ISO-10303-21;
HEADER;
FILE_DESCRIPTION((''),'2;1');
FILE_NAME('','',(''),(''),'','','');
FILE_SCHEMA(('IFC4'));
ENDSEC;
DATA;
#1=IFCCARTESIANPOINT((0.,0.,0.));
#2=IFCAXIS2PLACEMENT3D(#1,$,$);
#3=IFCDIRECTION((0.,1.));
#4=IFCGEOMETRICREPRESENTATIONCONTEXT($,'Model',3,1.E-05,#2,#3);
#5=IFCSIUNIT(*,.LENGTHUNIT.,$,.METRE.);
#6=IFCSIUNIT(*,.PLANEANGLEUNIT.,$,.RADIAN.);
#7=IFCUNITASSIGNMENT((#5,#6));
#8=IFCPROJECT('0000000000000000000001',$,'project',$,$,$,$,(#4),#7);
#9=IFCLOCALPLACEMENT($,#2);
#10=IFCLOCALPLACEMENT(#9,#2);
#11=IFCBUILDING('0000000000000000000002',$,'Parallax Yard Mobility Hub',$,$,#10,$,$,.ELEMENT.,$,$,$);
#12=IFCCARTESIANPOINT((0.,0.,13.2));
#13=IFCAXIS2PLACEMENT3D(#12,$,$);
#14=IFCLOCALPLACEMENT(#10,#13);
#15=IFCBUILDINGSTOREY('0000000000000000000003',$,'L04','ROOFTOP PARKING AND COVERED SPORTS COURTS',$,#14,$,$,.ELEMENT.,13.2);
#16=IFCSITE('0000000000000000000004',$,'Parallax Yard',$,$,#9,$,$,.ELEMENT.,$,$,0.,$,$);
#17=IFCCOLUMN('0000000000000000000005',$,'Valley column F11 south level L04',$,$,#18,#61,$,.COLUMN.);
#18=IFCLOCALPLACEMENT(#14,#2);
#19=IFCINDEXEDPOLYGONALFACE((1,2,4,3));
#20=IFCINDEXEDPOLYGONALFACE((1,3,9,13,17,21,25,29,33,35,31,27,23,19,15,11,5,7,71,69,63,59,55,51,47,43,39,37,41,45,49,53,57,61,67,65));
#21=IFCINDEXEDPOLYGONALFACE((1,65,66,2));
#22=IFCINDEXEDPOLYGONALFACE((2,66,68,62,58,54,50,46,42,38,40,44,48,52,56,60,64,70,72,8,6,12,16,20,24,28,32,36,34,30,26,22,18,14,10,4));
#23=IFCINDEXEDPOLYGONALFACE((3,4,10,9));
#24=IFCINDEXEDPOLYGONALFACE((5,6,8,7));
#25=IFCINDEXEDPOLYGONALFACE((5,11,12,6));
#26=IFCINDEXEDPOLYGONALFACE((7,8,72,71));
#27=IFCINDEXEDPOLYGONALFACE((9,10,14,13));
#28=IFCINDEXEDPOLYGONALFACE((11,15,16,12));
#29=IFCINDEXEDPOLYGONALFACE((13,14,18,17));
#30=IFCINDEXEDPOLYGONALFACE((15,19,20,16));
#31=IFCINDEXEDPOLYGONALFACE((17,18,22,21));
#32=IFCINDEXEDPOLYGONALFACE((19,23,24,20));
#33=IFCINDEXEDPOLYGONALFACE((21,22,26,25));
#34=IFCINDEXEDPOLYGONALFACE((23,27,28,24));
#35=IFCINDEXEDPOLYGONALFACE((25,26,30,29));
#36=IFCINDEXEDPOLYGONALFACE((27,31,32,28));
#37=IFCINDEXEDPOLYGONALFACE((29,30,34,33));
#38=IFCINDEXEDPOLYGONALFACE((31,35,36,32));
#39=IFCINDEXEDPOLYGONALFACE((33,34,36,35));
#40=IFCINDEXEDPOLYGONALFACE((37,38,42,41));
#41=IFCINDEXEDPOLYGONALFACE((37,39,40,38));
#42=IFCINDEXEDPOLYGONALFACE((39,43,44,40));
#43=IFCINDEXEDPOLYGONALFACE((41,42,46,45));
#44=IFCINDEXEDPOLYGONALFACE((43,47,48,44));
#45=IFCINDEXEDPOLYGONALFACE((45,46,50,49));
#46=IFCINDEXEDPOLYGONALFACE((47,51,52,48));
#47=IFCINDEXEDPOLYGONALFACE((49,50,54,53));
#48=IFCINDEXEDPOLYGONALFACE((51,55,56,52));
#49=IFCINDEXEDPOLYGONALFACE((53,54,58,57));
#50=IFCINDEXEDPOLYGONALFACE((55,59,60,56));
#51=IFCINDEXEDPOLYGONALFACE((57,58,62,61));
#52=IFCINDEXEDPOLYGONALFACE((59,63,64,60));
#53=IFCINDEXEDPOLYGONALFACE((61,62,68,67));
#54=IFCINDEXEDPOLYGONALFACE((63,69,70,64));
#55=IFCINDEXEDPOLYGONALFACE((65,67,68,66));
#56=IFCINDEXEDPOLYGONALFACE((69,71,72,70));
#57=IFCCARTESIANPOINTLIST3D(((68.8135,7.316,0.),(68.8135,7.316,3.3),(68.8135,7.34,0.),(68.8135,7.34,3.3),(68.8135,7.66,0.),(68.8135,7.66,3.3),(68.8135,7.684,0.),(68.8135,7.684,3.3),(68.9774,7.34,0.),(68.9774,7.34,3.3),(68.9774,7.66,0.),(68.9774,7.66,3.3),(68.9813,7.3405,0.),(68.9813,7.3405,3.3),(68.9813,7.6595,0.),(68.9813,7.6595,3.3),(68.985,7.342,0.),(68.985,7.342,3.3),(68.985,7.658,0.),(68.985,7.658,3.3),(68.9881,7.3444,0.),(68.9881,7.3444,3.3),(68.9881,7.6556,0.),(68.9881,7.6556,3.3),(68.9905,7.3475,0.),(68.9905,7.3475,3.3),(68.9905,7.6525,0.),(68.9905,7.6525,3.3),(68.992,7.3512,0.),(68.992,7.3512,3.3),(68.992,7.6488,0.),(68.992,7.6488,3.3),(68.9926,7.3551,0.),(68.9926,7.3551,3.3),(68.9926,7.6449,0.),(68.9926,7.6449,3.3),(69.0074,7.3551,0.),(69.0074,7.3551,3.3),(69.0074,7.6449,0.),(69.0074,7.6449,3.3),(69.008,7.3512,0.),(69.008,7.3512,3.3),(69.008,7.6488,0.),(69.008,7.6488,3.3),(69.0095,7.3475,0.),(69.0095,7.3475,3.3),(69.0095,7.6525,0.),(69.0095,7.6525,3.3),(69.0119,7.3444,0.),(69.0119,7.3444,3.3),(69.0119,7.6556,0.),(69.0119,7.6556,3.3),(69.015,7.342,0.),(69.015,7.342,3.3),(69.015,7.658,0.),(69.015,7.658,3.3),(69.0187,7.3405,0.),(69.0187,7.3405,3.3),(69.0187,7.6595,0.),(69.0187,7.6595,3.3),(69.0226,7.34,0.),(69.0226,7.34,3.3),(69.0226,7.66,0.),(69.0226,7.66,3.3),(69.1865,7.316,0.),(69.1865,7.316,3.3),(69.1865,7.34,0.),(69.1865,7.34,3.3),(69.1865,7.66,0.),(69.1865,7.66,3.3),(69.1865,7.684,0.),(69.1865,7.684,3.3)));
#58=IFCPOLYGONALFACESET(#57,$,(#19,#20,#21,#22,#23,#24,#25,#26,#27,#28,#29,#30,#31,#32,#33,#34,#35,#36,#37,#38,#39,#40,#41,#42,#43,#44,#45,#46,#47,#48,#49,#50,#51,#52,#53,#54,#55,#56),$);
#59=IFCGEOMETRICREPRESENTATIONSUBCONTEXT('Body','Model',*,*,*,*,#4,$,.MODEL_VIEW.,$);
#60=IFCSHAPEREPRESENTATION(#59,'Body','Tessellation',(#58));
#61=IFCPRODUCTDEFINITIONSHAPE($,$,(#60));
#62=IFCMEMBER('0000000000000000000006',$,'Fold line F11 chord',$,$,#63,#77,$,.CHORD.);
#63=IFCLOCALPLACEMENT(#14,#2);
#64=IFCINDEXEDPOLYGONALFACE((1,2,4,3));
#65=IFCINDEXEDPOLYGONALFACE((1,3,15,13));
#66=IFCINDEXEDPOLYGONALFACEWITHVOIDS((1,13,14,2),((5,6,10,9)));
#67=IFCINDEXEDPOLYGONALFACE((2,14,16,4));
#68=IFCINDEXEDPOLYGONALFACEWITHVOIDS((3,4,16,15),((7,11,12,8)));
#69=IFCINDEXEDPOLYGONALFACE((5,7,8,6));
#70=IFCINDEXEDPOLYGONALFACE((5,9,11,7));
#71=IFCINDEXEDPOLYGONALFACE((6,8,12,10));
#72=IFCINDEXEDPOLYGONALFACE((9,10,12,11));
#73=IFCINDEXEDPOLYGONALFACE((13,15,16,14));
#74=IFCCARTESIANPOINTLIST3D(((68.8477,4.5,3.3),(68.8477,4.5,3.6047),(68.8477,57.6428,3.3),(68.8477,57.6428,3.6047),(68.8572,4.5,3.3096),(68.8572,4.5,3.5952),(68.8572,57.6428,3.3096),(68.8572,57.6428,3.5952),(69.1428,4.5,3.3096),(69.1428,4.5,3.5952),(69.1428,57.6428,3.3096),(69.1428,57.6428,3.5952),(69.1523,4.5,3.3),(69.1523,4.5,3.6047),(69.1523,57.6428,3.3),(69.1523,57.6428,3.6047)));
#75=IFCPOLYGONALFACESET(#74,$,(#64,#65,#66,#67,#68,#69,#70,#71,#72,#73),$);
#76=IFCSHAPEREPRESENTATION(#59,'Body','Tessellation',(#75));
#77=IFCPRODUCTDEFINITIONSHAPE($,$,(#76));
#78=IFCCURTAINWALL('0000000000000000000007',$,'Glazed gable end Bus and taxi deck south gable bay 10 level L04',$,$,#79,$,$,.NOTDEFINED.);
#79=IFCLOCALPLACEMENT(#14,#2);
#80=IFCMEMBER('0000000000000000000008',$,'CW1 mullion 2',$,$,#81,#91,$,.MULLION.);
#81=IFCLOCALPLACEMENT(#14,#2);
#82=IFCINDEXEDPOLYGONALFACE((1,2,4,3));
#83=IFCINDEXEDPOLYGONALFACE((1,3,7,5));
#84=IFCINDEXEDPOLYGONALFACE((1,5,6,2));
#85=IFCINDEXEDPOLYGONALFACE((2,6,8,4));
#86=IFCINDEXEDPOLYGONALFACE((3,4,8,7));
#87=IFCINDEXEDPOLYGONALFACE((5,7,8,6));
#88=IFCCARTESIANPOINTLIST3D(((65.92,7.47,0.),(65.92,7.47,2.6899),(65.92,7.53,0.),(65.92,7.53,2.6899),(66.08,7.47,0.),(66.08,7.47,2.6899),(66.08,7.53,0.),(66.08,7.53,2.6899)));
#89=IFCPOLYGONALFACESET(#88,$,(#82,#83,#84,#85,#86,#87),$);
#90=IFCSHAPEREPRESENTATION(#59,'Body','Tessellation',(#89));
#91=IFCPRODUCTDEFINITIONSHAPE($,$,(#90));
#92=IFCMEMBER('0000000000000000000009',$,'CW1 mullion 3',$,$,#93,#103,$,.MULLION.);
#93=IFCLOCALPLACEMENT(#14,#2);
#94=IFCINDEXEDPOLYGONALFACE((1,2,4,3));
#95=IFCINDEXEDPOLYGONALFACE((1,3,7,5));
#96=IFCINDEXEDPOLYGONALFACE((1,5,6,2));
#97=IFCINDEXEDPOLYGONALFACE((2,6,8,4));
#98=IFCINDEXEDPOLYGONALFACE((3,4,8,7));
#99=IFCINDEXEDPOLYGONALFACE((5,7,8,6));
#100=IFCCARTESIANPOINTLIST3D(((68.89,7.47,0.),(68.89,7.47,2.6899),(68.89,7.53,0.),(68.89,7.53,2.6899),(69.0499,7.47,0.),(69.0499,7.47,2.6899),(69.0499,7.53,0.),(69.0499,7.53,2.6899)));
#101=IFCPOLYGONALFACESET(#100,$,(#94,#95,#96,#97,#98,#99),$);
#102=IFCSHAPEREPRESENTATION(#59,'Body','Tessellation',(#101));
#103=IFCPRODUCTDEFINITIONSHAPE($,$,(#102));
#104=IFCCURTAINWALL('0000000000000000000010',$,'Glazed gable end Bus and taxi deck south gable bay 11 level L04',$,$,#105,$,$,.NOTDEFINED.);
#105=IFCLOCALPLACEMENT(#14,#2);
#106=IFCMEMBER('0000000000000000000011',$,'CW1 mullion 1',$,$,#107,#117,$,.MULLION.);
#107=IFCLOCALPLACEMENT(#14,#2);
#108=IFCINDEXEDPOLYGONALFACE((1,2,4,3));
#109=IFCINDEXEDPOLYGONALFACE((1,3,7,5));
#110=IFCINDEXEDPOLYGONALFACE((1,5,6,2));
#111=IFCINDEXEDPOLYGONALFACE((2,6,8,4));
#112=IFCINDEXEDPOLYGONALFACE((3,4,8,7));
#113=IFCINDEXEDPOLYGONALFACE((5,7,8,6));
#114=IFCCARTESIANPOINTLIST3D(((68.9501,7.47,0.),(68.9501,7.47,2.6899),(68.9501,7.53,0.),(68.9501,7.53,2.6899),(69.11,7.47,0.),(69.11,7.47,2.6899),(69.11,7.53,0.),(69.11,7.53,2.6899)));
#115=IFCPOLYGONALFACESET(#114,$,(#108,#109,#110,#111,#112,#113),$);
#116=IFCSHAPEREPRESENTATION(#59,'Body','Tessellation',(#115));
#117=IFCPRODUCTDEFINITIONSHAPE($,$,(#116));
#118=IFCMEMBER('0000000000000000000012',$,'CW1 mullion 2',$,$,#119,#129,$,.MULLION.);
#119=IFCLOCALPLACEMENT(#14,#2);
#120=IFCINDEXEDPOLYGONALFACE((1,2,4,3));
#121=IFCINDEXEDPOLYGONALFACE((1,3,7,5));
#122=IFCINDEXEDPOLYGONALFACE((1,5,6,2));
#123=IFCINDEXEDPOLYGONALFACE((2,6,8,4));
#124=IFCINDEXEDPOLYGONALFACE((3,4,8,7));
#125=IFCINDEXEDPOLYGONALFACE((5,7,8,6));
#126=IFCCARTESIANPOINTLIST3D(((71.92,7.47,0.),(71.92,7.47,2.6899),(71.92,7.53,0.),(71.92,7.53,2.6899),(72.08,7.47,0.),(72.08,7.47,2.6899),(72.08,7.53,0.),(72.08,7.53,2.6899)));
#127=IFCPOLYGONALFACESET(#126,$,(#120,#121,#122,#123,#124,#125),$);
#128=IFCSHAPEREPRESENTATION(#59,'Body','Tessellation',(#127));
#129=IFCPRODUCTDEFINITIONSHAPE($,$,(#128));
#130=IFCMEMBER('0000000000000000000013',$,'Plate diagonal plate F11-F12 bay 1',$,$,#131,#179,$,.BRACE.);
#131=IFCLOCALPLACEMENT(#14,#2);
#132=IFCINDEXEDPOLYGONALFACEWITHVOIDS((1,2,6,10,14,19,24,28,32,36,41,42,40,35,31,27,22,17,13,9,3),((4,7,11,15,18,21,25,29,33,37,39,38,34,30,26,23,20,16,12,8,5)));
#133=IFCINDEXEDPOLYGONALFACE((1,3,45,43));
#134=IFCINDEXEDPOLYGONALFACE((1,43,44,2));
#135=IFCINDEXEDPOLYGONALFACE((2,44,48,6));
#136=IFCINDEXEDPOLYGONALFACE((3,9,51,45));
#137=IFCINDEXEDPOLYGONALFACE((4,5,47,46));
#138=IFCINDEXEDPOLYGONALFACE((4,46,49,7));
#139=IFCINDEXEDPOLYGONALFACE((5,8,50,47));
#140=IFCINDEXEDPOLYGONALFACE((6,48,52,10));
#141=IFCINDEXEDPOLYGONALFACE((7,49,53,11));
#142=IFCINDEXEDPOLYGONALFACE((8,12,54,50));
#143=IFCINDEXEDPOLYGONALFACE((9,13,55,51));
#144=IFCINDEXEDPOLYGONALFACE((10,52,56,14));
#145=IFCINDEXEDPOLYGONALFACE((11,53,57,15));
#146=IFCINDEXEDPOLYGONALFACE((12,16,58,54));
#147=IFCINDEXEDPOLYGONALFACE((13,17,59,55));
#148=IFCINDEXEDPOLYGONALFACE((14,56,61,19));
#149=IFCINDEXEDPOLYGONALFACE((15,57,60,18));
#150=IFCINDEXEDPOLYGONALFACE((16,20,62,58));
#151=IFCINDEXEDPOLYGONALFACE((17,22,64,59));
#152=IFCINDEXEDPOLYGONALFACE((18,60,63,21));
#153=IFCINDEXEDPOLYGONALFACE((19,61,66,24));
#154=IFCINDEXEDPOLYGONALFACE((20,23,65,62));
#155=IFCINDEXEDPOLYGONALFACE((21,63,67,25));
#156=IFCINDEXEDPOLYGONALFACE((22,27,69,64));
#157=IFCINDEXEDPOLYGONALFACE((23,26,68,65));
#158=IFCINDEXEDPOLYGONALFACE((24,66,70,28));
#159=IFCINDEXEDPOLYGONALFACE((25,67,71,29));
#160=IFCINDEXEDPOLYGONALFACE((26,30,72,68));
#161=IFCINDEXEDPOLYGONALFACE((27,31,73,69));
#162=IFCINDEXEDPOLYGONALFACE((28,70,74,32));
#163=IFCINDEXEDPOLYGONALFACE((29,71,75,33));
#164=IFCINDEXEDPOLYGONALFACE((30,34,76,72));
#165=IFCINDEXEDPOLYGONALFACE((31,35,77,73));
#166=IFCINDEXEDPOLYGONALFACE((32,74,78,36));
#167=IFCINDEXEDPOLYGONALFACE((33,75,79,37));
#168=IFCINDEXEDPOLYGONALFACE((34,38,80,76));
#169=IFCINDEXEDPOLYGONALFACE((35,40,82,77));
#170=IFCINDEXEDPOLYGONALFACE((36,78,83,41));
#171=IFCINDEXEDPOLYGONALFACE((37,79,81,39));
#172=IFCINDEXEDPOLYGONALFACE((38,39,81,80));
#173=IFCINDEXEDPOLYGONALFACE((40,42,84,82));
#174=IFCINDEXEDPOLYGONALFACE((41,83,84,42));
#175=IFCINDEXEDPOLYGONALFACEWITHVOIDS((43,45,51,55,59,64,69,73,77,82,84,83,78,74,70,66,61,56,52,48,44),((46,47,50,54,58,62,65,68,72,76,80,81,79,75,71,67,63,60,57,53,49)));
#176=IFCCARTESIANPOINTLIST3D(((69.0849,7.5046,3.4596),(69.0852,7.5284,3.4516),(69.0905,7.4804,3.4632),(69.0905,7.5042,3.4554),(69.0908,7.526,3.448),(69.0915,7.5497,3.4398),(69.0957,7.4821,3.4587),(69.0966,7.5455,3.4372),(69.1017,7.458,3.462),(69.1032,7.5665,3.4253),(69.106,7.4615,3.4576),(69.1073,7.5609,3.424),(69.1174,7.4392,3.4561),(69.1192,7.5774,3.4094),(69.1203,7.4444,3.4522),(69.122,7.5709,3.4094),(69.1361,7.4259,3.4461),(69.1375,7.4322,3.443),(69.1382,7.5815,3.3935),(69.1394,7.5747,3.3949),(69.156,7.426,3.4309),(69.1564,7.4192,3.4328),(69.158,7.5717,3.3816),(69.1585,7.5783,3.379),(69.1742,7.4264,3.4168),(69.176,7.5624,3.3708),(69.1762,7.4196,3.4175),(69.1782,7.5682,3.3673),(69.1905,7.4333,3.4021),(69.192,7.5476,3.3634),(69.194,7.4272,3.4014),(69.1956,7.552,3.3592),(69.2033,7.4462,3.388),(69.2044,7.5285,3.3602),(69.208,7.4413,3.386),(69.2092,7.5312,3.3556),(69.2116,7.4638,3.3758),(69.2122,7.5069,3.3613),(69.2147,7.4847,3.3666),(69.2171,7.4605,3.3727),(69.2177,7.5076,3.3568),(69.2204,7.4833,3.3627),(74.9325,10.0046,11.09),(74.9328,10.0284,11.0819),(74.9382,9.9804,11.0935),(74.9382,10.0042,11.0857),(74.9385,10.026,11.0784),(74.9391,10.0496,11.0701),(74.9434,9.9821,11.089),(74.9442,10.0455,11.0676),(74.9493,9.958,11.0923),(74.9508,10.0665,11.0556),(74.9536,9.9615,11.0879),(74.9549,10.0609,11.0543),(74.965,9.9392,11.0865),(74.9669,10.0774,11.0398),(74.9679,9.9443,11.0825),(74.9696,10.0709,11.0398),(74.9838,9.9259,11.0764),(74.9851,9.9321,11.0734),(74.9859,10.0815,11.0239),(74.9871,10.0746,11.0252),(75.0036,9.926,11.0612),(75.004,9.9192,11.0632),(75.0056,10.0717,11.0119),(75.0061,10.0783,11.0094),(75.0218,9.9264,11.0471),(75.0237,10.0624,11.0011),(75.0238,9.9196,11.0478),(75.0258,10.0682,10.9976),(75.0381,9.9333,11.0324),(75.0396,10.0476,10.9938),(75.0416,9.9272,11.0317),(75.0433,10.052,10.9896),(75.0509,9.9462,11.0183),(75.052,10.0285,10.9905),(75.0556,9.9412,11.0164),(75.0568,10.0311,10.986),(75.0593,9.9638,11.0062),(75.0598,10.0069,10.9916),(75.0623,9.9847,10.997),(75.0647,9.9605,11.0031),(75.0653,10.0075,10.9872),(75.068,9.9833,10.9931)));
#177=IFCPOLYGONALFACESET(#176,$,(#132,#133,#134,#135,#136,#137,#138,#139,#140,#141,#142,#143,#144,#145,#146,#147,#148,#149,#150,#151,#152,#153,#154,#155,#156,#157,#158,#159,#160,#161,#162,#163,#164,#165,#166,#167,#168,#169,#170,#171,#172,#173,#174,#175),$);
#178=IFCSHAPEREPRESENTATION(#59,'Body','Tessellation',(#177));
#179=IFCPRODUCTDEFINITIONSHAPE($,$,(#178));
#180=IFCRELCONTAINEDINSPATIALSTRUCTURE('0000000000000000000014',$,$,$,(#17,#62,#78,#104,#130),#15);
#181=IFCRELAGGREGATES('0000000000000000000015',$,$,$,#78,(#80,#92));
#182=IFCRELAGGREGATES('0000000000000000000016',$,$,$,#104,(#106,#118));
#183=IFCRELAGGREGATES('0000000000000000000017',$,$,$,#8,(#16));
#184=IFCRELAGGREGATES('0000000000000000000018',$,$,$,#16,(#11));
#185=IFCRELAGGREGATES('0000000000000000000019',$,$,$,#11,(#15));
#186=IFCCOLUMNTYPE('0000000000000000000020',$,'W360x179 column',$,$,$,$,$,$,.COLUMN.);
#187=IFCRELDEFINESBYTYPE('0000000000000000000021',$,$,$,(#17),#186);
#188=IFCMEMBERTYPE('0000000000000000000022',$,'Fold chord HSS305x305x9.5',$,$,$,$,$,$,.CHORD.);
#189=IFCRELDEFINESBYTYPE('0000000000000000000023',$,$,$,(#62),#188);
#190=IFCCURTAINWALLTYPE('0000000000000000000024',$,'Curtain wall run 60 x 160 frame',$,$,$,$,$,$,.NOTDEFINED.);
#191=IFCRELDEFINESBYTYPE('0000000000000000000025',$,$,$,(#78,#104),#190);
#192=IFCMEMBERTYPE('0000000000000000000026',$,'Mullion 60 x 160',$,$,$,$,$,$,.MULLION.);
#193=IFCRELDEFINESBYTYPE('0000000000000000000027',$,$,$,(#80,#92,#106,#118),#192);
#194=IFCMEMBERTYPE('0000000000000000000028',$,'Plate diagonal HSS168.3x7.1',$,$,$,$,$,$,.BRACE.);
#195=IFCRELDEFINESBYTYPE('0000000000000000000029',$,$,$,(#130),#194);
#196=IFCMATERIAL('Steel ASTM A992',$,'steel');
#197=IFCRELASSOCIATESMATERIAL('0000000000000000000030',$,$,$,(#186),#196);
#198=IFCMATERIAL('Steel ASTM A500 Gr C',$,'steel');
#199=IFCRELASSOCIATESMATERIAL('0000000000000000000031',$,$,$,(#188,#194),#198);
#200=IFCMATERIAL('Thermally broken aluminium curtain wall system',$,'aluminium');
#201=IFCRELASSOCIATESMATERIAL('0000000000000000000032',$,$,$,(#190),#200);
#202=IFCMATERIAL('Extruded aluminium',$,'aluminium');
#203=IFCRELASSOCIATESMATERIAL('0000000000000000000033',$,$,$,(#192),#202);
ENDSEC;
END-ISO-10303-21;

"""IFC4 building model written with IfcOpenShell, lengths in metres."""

from ifc_helpers import new_model, si_unit, direction, frame, origin, origin_2d, place, context, subcontext, project, spatial, rectangle, hollow_rectangle, hollow_circle, i_section, extrude, material, material_profile, profile_set, type_object, element, aggregate, save


model = new_model("IFC4")

# Units and contexts
model_context = context("Model", 3, precision=1e-05, world=origin(), true_north=direction((0.0, 1.0)))
body_context = subcontext(model_context, "Body", "Model", "MODEL_VIEW")
ifc_project = project(units=[si_unit("LENGTHUNIT", "METRE"), si_unit("PLANEANGLEUNIT", "RADIAN")], contexts=[model_context])

# Site, building, storey
site_placement = place(None, origin())
site = spatial("IfcSite", under=ifc_project, at=site_placement, Name="Parallax Yard", CompositionType="ELEMENT", RefElevation=0.0)
building_placement = place(site_placement, origin())
building = spatial("IfcBuilding", under=site, at=building_placement, Name="Parallax Yard Mobility Hub", CompositionType="ELEMENT")
storey_placement = place(building_placement, frame((0.0, 0.0, 13.2)))
storey = spatial("IfcBuildingStorey", under=building, at=storey_placement, Name="L04", Description="ROOFTOP PARKING AND COVERED SPORTS COURTS", CompositionType="ELEMENT", Elevation=13.2)

# Column
ifc_material_1 = material(Name="Steel ASTM A992", Category="steel")
ifc_material_profile_1 = material_profile(ifc_material_1, i_section(OverallWidth=0.373, OverallDepth=0.3679, WebThickness=0.0149, FlangeThickness=0.0239, FilletRadius=0.0151, at=origin_2d()), Name="W360x179")
ifc_profile_set_1 = profile_set([ifc_material_profile_1], Name="Steel ASTM A992")
column_type = type_object("IfcColumnType", Name="W360x179 column", PredefinedType="COLUMN", material=ifc_profile_set_1)
column_placement = place(storey_placement, frame((69.0, 7.5, 0.0), z_axis=(0.0, 0.0, 1.0), x_axis=(1.0, 0.0, 0.0)))
element("IfcColumn", 1, at=column_placement, inside=storey, type_object=column_type, Name="Valley column F11 south level L04", PredefinedType="COLUMN", context=body_context, shape_type="SweptSolid", body=[
    extrude(i_section(OverallWidth=0.373, OverallDepth=0.3679, WebThickness=0.0149, FlangeThickness=0.0239, FilletRadius=0.0151, at=origin_2d()), origin(), (0.0, 0.0, 1.0), 3.3),
])

# Member
ifc_material_2 = material(Name="Steel ASTM A500 Gr C", Category="steel")
ifc_material_profile_2 = material_profile(ifc_material_2, hollow_rectangle(XDim=0.3047, YDim=0.3047, WallThickness=0.0095, at=origin_2d()), Name="HSS305x305x9.5")
ifc_profile_set_2 = profile_set([ifc_material_profile_2], Name="Steel ASTM A500 Gr C")
member_type_1 = type_object("IfcMemberType", Name="Fold chord HSS305x305x9.5", PredefinedType="CHORD", material=ifc_profile_set_2)
member_1_placement = place(storey_placement, frame((69.0, 4.5, 3.4524), z_axis=(0.0, 1.0, 0.0), x_axis=(-1.0, 0.0, 0.0)))
element("IfcMember", 2, at=member_1_placement, inside=storey, type_object=member_type_1, Name="Fold line F11 chord", PredefinedType="CHORD", context=body_context, shape_type="SweptSolid", body=[
    extrude(hollow_rectangle(XDim=0.3047, YDim=0.3047, WallThickness=0.0095, at=origin_2d()), origin(), (0.0, 0.0, 1.0), 53.1428),
])

# Curtain walls, members
ifc_material_3 = material(Name="Thermally broken aluminium curtain wall system", Category="aluminium")
curtain_wall_type = type_object("IfcCurtainWallType", Name="Curtain wall run 60 x 160 frame", PredefinedType="NOTDEFINED", material=ifc_material_3)
curtain_wall_1_placement = place(storey_placement, origin())
curtain_wall_1 = element("IfcCurtainWall", 3, at=curtain_wall_1_placement, inside=storey, type_object=curtain_wall_type, Name="Glazed gable end Bus and taxi deck south gable bay 10 level L04", PredefinedType="NOTDEFINED")
ifc_material_4 = material(Name="Extruded aluminium", Category="aluminium")
ifc_material_profile_3 = material_profile(ifc_material_4, rectangle(XDim=0.0601, YDim=0.1599, at=origin_2d()), Name="Mullion 60 x 160")
ifc_profile_set_3 = profile_set([ifc_material_profile_3], Name="Extruded aluminium")
member_type_2 = type_object("IfcMemberType", Name="Mullion 60 x 160", PredefinedType="MULLION", material=ifc_profile_set_3)
member_2_placement = place(storey_placement, frame((66.0, 7.5, 0.0), z_axis=(0.0, 0.0, 1.0), x_axis=(0.0, 1.0, 0.0)))
member_2 = element("IfcMember", 4, at=member_2_placement, type_object=member_type_2, Name="CW1 mullion 2", PredefinedType="MULLION", context=body_context, shape_type="SweptSolid", body=[
    extrude(rectangle(XDim=0.0601, YDim=0.1599, at=origin_2d()), origin(), (0.0, 0.0, 1.0), 2.6899),
])
member_3_placement = place(storey_placement, frame((68.97, 7.5, 0.0), z_axis=(0.0, 0.0, 1.0), x_axis=(0.0, 1.0, 0.0)))
member_3 = element("IfcMember", 5, at=member_3_placement, type_object=member_type_2, Name="CW1 mullion 3", PredefinedType="MULLION", context=body_context, shape_type="SweptSolid", body=[
    extrude(rectangle(XDim=0.0601, YDim=0.1599, at=origin_2d()), origin(), (0.0, 0.0, 1.0), 2.6899),
])
curtain_wall_2_placement = place(storey_placement, origin())
curtain_wall_2 = element("IfcCurtainWall", 6, at=curtain_wall_2_placement, inside=storey, type_object=curtain_wall_type, Name="Glazed gable end Bus and taxi deck south gable bay 11 level L04", PredefinedType="NOTDEFINED")
member_4_placement = place(storey_placement, frame((69.03, 7.5, 0.0), z_axis=(0.0, 0.0, 1.0), x_axis=(0.0, 1.0, 0.0)))
member_4 = element("IfcMember", 7, at=member_4_placement, type_object=member_type_2, Name="CW1 mullion 1", PredefinedType="MULLION", context=body_context, shape_type="SweptSolid", body=[
    extrude(rectangle(XDim=0.0601, YDim=0.1599, at=origin_2d()), origin(), (0.0, 0.0, 1.0), 2.6899),
])
member_5_placement = place(storey_placement, frame((72.0, 7.5, 0.0), z_axis=(0.0, 0.0, 1.0), x_axis=(0.0, 1.0, 0.0)))
member_5 = element("IfcMember", 8, at=member_5_placement, type_object=member_type_2, Name="CW1 mullion 2", PredefinedType="MULLION", context=body_context, shape_type="SweptSolid", body=[
    extrude(rectangle(XDim=0.0601, YDim=0.1599, at=origin_2d()), origin(), (0.0, 0.0, 1.0), 2.6899),
])

# Member
ifc_material_profile_4 = material_profile(ifc_material_2, hollow_circle(Radius=0.0842, WallThickness=0.0071, at=origin_2d()), Name="HSS168.3x7.1")
ifc_profile_set_4 = profile_set([ifc_material_profile_4], Name="Steel ASTM A500 Gr C")
member_type_3 = type_object("IfcMemberType", Name="Plate diagonal HSS168.3x7.1", PredefinedType="BRACE", material=ifc_profile_set_4)
member_6_placement = place(storey_placement, frame((69.1523, 7.5, 3.4094), z_axis=(0.588701, 0.251682, 0.768172), x_axis=(-0.393104, 0.919494, 0.0)))
element("IfcMember", 9, at=member_6_placement, inside=storey, type_object=member_type_3, Name="Plate diagonal plate F11-F12 bay 1", PredefinedType="BRACE", context=body_context, shape_type="SweptSolid", body=[
    extrude(hollow_circle(Radius=0.0842, WallThickness=0.0071, at=origin_2d()), origin(), (0.0, 0.0, 1.0), 9.9331),
])

aggregate(curtain_wall_1, [member_2, member_3])
aggregate(curtain_wall_2, [member_4, member_5])

save(model, "model.ifc")
